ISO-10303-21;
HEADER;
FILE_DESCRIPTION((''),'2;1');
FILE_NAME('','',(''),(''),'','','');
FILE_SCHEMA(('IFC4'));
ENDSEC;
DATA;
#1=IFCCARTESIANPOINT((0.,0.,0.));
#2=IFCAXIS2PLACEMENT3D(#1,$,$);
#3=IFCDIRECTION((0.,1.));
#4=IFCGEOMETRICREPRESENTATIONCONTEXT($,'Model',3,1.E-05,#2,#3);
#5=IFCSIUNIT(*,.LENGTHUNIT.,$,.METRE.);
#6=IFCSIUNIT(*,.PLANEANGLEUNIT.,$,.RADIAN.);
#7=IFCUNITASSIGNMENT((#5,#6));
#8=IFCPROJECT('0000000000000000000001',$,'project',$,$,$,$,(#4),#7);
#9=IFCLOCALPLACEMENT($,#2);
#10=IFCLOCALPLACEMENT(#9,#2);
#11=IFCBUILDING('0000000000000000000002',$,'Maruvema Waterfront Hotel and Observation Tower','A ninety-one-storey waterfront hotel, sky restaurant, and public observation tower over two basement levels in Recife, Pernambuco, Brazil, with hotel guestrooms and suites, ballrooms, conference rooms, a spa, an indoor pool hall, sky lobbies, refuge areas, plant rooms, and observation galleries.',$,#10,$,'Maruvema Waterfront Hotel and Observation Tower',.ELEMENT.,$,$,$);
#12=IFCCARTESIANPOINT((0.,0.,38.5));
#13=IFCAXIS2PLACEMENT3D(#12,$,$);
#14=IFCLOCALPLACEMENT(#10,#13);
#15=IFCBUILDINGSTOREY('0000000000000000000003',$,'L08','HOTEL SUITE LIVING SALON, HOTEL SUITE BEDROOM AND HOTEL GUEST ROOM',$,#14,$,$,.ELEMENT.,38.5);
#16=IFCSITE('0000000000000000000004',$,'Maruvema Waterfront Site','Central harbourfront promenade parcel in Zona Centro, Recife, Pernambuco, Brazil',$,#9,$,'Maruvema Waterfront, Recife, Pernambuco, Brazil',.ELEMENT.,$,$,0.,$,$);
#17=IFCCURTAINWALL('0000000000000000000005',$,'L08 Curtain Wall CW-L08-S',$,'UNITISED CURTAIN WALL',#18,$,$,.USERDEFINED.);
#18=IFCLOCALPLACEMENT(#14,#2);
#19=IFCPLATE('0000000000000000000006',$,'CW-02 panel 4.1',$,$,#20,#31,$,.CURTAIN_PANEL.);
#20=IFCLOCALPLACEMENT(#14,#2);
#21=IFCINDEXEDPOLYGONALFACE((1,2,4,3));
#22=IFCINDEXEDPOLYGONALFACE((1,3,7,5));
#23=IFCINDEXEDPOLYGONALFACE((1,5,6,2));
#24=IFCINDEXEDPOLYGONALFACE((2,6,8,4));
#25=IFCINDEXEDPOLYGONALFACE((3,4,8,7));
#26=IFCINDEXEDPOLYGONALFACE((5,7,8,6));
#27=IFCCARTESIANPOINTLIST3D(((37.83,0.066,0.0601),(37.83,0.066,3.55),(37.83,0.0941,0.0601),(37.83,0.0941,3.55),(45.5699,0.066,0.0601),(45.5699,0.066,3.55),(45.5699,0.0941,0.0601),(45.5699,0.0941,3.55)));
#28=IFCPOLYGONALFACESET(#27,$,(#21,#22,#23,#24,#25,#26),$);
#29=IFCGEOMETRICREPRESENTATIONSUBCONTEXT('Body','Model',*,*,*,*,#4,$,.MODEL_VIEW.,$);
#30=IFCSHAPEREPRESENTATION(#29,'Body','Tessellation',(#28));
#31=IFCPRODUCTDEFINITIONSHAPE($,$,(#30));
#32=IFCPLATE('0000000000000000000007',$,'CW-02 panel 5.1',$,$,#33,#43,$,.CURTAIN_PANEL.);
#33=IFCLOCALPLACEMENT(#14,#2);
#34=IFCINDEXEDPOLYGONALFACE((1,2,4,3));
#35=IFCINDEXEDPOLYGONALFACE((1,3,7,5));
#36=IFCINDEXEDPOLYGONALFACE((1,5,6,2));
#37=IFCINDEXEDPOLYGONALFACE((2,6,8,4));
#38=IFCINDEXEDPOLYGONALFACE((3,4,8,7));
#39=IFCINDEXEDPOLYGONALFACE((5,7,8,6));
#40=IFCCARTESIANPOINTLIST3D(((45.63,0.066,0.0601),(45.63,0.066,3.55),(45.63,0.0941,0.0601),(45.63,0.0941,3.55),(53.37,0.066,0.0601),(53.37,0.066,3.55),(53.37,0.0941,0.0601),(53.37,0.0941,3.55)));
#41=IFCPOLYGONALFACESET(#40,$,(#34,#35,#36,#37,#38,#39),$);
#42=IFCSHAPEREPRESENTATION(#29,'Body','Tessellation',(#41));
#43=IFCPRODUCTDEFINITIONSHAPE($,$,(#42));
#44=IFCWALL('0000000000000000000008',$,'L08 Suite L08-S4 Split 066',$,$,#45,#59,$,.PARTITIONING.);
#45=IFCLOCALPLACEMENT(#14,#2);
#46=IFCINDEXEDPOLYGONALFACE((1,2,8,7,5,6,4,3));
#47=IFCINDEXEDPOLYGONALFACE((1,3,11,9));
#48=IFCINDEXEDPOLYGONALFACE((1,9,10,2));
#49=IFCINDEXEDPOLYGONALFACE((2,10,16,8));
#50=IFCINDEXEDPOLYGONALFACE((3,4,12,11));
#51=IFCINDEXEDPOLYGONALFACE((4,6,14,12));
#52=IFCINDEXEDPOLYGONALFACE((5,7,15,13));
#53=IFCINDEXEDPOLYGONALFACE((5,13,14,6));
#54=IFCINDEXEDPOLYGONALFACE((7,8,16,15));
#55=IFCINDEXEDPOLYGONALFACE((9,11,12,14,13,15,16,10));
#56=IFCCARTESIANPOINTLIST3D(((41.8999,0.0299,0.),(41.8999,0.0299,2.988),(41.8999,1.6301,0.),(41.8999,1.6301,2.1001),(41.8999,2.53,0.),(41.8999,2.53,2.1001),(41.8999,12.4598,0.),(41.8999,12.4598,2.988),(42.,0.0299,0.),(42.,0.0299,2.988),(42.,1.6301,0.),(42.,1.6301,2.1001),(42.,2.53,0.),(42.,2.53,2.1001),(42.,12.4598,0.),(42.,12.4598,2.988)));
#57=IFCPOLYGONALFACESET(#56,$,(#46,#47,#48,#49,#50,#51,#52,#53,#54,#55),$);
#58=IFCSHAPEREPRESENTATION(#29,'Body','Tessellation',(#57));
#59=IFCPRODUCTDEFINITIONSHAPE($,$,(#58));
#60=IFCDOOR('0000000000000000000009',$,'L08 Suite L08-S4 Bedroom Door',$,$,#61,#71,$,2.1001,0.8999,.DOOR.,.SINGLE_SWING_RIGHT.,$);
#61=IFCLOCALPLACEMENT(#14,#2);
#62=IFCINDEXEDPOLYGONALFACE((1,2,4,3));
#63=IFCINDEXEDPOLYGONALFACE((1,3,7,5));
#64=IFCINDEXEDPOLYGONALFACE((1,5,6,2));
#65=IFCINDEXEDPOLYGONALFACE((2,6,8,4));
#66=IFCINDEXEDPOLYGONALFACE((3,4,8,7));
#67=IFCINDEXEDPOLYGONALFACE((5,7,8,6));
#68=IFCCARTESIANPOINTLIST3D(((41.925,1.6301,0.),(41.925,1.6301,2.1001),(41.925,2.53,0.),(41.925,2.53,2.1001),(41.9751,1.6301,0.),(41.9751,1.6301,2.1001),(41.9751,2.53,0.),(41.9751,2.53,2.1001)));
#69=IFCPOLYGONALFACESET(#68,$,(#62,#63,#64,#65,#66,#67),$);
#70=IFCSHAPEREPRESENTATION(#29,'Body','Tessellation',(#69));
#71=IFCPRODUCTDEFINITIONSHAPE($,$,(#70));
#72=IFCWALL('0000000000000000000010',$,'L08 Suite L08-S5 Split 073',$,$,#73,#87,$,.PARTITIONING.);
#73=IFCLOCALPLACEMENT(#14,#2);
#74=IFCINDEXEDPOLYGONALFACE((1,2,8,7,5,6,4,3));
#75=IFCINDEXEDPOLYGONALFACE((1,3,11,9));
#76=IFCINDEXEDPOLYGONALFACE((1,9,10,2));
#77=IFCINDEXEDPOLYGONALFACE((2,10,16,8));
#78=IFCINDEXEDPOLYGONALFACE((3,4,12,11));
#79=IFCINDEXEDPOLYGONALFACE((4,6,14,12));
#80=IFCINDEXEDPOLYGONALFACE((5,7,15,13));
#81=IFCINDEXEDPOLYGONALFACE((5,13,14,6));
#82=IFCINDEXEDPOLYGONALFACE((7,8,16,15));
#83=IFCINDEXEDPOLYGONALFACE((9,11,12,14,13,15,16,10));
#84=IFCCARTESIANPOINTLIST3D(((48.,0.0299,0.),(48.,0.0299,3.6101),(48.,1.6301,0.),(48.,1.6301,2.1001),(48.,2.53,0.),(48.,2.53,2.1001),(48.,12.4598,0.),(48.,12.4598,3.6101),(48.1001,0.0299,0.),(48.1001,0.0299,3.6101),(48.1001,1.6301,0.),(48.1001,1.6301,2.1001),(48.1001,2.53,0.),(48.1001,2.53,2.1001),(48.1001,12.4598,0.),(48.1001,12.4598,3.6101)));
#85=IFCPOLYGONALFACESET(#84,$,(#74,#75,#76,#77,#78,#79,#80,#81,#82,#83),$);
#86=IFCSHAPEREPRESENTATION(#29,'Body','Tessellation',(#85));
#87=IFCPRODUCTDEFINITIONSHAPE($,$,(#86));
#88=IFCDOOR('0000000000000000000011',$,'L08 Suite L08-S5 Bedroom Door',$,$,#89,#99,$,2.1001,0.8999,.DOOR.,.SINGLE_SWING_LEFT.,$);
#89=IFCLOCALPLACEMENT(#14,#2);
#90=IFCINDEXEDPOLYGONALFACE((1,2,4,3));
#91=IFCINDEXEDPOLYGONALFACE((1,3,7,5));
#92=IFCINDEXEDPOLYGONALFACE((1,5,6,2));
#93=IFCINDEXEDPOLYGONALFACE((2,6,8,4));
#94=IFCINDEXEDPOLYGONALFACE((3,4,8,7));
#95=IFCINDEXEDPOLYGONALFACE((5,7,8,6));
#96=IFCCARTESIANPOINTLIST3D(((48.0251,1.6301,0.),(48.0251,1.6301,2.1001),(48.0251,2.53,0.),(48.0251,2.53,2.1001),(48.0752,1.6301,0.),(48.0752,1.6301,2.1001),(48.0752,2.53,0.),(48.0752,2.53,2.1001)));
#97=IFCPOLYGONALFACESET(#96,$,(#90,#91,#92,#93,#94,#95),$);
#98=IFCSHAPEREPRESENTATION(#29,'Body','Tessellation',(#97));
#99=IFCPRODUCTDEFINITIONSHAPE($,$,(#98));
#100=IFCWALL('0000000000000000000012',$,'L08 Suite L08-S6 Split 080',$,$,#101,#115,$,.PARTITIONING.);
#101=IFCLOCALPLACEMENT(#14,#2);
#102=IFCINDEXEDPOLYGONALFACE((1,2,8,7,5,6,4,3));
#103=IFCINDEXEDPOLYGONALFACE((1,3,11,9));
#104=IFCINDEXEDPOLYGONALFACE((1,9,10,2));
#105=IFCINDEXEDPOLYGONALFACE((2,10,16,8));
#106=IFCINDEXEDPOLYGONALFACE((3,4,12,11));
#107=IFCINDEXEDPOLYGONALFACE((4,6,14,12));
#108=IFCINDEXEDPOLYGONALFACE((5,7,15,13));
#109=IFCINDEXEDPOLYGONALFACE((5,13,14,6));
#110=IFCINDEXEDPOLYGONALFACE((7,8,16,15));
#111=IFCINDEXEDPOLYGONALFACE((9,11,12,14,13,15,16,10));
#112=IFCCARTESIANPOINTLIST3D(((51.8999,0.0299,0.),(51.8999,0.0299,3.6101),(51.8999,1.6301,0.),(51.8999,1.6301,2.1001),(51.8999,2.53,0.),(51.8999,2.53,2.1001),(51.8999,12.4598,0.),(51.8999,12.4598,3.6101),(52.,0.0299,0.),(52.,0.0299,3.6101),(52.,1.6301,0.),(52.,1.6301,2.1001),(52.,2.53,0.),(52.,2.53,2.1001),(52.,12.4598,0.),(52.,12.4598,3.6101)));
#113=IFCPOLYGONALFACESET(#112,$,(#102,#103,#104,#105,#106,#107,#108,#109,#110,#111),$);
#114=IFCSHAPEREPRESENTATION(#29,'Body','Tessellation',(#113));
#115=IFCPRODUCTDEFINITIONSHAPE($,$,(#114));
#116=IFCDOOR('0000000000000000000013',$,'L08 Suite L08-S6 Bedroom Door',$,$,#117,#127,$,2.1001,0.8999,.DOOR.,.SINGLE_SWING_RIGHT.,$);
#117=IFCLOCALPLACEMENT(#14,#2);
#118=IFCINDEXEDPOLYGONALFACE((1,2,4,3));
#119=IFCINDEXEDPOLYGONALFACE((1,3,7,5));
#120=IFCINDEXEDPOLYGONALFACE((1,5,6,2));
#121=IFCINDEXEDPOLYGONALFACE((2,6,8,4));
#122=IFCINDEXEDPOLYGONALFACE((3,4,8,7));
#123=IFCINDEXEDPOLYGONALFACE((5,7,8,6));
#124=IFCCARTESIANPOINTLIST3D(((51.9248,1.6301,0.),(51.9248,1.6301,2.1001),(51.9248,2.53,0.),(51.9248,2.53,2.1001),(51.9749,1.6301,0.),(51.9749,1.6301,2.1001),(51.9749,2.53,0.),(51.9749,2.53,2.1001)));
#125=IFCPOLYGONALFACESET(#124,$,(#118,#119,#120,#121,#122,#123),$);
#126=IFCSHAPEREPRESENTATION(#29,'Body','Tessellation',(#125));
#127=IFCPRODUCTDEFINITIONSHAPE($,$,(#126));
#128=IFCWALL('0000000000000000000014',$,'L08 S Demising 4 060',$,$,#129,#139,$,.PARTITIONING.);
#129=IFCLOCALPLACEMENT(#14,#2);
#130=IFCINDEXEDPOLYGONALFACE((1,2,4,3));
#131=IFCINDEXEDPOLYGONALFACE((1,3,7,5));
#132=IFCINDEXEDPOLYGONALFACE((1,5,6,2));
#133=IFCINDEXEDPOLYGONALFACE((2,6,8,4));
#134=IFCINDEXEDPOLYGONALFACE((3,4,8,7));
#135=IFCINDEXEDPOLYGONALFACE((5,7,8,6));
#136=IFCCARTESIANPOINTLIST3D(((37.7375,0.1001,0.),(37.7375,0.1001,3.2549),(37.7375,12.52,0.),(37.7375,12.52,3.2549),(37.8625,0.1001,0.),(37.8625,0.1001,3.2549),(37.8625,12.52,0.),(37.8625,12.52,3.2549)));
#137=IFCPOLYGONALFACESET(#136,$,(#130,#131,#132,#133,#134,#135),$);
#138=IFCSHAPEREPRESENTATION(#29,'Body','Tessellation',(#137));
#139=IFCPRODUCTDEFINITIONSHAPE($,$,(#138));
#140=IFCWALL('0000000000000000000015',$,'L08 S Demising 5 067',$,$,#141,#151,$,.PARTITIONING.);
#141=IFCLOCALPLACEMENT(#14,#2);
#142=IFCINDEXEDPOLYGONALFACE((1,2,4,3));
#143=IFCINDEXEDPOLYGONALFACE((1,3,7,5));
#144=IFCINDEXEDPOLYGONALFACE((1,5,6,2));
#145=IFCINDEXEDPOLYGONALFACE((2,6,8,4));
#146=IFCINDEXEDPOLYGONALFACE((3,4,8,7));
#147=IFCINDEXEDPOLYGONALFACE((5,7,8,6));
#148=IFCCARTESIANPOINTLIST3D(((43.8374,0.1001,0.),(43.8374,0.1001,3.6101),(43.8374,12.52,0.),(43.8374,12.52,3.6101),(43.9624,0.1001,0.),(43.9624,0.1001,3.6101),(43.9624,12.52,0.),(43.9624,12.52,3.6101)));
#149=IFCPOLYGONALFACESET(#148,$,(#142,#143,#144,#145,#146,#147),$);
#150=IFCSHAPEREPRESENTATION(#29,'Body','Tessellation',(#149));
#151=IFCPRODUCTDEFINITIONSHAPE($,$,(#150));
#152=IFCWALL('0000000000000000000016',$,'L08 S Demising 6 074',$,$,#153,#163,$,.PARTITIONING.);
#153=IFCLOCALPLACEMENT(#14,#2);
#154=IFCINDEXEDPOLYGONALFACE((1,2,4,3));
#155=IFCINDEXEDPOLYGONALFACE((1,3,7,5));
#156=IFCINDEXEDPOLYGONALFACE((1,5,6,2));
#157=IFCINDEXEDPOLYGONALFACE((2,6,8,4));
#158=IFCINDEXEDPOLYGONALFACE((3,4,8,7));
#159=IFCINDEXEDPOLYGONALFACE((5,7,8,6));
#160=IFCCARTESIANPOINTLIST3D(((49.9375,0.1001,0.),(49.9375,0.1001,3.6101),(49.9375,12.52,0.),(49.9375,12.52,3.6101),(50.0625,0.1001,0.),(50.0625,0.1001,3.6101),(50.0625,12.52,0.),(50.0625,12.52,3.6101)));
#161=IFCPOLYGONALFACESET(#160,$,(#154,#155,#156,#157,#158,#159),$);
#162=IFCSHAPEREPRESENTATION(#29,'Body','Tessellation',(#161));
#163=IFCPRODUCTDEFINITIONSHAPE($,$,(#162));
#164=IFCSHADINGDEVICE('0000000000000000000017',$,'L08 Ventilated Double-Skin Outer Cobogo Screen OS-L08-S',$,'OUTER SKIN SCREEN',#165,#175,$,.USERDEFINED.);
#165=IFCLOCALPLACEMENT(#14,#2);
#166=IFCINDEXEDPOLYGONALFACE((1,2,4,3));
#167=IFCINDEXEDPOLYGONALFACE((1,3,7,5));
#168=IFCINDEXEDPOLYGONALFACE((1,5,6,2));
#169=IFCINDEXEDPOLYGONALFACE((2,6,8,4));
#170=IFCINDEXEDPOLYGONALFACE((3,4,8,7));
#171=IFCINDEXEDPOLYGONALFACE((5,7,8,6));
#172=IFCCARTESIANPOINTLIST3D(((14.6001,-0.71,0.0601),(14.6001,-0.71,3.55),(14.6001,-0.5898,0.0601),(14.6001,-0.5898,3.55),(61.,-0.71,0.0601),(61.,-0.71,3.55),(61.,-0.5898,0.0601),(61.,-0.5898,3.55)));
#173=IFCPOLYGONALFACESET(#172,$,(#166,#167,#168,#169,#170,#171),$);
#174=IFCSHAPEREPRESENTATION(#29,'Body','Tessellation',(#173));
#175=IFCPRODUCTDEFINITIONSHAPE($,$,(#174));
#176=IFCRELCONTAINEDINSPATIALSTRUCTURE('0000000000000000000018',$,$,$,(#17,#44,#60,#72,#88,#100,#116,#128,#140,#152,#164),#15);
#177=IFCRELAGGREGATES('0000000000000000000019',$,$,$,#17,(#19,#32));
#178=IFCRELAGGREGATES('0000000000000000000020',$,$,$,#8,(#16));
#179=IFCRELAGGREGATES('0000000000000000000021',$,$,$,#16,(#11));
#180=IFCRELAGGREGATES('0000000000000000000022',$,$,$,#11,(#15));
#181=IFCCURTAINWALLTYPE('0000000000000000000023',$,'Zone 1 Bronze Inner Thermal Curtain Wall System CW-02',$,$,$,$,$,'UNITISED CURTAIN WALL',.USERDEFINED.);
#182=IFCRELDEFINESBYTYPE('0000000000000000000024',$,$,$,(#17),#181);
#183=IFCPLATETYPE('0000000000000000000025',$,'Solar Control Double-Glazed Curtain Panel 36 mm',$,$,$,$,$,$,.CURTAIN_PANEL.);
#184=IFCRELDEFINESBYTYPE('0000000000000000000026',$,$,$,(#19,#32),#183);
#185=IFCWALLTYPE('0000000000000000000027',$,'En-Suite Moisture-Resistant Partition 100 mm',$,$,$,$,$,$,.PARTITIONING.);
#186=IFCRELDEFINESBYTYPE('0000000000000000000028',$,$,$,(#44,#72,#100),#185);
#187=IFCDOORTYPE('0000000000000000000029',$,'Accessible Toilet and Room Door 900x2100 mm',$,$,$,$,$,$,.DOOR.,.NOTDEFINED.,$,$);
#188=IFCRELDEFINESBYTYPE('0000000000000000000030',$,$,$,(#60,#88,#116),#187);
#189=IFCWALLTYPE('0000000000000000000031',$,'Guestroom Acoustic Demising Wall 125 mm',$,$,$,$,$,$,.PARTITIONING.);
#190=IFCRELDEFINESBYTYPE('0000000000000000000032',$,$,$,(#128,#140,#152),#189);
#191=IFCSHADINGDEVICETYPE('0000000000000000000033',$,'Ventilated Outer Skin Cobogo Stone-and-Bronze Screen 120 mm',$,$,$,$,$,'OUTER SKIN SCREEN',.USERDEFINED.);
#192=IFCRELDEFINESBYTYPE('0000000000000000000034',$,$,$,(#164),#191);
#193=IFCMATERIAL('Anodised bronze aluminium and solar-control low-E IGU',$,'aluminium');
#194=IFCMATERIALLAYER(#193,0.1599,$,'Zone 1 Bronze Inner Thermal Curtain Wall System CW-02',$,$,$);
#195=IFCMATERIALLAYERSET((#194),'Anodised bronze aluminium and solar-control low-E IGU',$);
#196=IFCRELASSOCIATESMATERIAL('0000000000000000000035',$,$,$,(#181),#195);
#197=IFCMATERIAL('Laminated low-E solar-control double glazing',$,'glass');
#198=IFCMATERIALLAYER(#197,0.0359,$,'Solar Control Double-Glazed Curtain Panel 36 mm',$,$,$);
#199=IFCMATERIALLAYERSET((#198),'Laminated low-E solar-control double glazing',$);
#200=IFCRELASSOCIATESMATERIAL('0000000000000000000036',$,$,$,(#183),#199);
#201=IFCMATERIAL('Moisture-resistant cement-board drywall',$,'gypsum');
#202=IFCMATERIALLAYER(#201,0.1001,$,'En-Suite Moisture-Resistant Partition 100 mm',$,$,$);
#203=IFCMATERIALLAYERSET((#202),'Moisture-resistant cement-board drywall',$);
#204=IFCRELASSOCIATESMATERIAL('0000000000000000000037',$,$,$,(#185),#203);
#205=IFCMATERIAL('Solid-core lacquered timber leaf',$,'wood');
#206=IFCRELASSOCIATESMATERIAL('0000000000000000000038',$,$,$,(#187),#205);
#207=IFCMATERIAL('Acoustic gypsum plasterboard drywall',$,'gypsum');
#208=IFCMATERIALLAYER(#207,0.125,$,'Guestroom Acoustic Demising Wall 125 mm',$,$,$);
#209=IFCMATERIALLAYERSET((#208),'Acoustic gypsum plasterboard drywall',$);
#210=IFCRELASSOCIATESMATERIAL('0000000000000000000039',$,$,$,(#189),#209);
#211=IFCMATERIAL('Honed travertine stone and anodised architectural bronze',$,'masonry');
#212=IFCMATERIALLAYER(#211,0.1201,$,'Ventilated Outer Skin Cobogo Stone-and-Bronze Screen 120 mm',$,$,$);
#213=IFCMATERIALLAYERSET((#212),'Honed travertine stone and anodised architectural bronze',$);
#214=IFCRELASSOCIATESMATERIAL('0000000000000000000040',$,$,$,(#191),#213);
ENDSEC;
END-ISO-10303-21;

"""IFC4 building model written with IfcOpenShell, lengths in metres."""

from ifc_helpers import new_model, si_unit, direction, frame, frame_2d, origin, origin_2d, place, context, subcontext, project, spatial, rectangle, extrude, material, layer, layer_set, type_object, element, fill, aggregate, save


model = new_model("IFC4")

# Units and contexts
model_context = context("Model", 3, precision=1e-05, world=origin(), true_north=direction((0.0, 1.0)))
body_context = subcontext(model_context, "Body", "Model", "MODEL_VIEW")
ifc_project = project(units=[si_unit("LENGTHUNIT", "METRE"), si_unit("PLANEANGLEUNIT", "RADIAN")], contexts=[model_context])

# Site, building, storey
site_placement = place(None, origin())
site = spatial("IfcSite", under=ifc_project, at=site_placement, Name="Maruvema Waterfront Site", Description="Central harbourfront promenade parcel in Zona Centro, Recife, Pernambuco, Brazil", LongName="Maruvema Waterfront, Recife, Pernambuco, Brazil", CompositionType="ELEMENT", RefElevation=0.0)
building_placement = place(site_placement, origin())
building = spatial("IfcBuilding", under=site, at=building_placement, Name="Maruvema Waterfront Hotel and Observation Tower", Description="A ninety-one-storey waterfront hotel, sky restaurant, and public observation tower over two basement levels in Recife, Pernambuco, Brazil, with hotel guestrooms and suites, ballrooms, conference rooms, a spa, an indoor pool hall, sky lobbies, refuge areas, plant rooms, and observation galleries.", LongName="Maruvema Waterfront Hotel and Observation Tower", CompositionType="ELEMENT")
storey_placement = place(building_placement, frame((0.0, 0.0, 38.5)))
storey = spatial("IfcBuildingStorey", under=building, at=storey_placement, Name="L08", Description="HOTEL SUITE LIVING SALON, HOTEL SUITE BEDROOM AND HOTEL GUEST ROOM", CompositionType="ELEMENT", Elevation=38.5)

# Curtain wall
ifc_material_1 = material(Name="Anodised bronze aluminium and solar-control low-E IGU", Category="aluminium")
ifc_layer_1 = layer(ifc_material_1, 0.1599, Name="Zone 1 Bronze Inner Thermal Curtain Wall System CW-02")
ifc_layer_set_1 = layer_set([ifc_layer_1], Name="Anodised bronze aluminium and solar-control low-E IGU")
curtain_wall_type = type_object("IfcCurtainWallType", Name="Zone 1 Bronze Inner Thermal Curtain Wall System CW-02", ElementType="UNITISED CURTAIN WALL", PredefinedType="USERDEFINED", material=ifc_layer_set_1)
curtain_wall_placement = place(storey_placement, origin())
curtain_wall = element("IfcCurtainWall", 1, at=curtain_wall_placement, inside=storey, type_object=curtain_wall_type, Name="L08 Curtain Wall CW-L08-S", ObjectType="UNITISED CURTAIN WALL", PredefinedType="USERDEFINED")

# Plates
ifc_material_2 = material(Name="Laminated low-E solar-control double glazing", Category="glass")
ifc_layer_2 = layer(ifc_material_2, 0.0359, Name="Solar Control Double-Glazed Curtain Panel 36 mm")
ifc_layer_set_2 = layer_set([ifc_layer_2], Name="Laminated low-E solar-control double glazing")
plate_type = type_object("IfcPlateType", Name="Solar Control Double-Glazed Curtain Panel 36 mm", PredefinedType="CURTAIN_PANEL", material=ifc_layer_set_2)
plate_1_placement = place(storey_placement, frame((41.7, 0.0801, 0.0601), z_axis=(0.0, 0.0, 1.0), x_axis=(1.0, 0.0, 0.0)))
plate_1 = element("IfcPlate", 2, at=plate_1_placement, type_object=plate_type, Name="CW-02 panel 4.1", PredefinedType="CURTAIN_PANEL", context=body_context, shape_type="SweptSolid", body=[
    extrude(rectangle(XDim=7.74, YDim=0.0281, at=origin_2d()), origin(), (0.0, 0.0, 1.0), 3.49),
])
plate_2_placement = place(storey_placement, frame((49.5, 0.0801, 0.0601), z_axis=(0.0, 0.0, 1.0), x_axis=(1.0, 0.0, 0.0)))
plate_2 = element("IfcPlate", 3, at=plate_2_placement, type_object=plate_type, Name="CW-02 panel 5.1", PredefinedType="CURTAIN_PANEL", context=body_context, shape_type="SweptSolid", body=[
    extrude(rectangle(XDim=7.74, YDim=0.0281, at=origin_2d()), origin(), (0.0, 0.0, 1.0), 3.49),
])
aggregate(curtain_wall, [plate_1, plate_2])

# Walls, openings, doors
ifc_material_3 = material(Name="Moisture-resistant cement-board drywall", Category="gypsum")
ifc_layer_3 = layer(ifc_material_3, 0.1001, Name="En-Suite Moisture-Resistant Partition 100 mm")
ifc_layer_set_3 = layer_set([ifc_layer_3], Name="Moisture-resistant cement-board drywall")
wall_type_1 = type_object("IfcWallType", Name="En-Suite Moisture-Resistant Partition 100 mm", PredefinedType="PARTITIONING", material=ifc_layer_set_3)
wall_1_placement = place(storey_placement, frame((41.95, 0.03, 0.0), z_axis=(0.0, 0.0, 1.0), x_axis=(0.0, 1.0, 0.0)))
wall_1 = element("IfcWall", 4, at=wall_1_placement, inside=storey, type_object=wall_type_1, Name="L08 Suite L08-S4 Split 066", PredefinedType="PARTITIONING", context=body_context, shape_type="SweptSolid", body=[
    extrude(rectangle(XDim=12.4299, YDim=0.1001, at=frame_2d((6.2148, 0.0))), origin(), (0.0, 0.0, 1.0), 2.988),
])
opening_1_placement = place(wall_1_placement, frame((1.6001, 0.0, 0.0)))
opening_1 = element("IfcOpeningElement", 5, at=opening_1_placement, cuts=wall_1, PredefinedType="OPENING", context=body_context, shape_type="SweptSolid", body=[
    extrude(rectangle(XDim=0.8999, YDim=2.1001, at=frame_2d((0.45, 1.05))), frame((0.0, 0.0601, 0.0), z_axis=(0.0, -1.0, 0.0), x_axis=(1.0, 0.0, 0.0)), (0.0, 0.0, 1.0), 0.1201),
])
ifc_material_4 = material(Name="Solid-core lacquered timber leaf", Category="wood")
door_type = type_object("IfcDoorType", Name="Accessible Toilet and Room Door 900x2100 mm", OperationType="NOTDEFINED", PredefinedType="DOOR", material=ifc_material_4)
door_1_placement = place(opening_1_placement, origin())
door_1 = element("IfcDoor", 6, at=door_1_placement, inside=storey, type_object=door_type, Name="L08 Suite L08-S4 Bedroom Door", OperationType="SINGLE_SWING_RIGHT", OverallHeight=2.1001, OverallWidth=0.8999, PredefinedType="DOOR", context=body_context, shape_type="SweptSolid", body=[
    extrude(rectangle(XDim=0.8999, YDim=2.1001, at=frame_2d((0.45, 1.05))), frame((0.0, 0.0249, 0.0), z_axis=(0.0, -1.0, 0.0), x_axis=(1.0, 0.0, 0.0)), (0.0, 0.0, 1.0), 0.05),
])
fill(opening_1, door_1)
wall_2_placement = place(storey_placement, frame((48.05, 0.03, 0.0), z_axis=(0.0, 0.0, 1.0), x_axis=(0.0, 1.0, 0.0)))
wall_2 = element("IfcWall", 7, at=wall_2_placement, inside=storey, type_object=wall_type_1, Name="L08 Suite L08-S5 Split 073", PredefinedType="PARTITIONING", context=body_context, shape_type="SweptSolid", body=[
    extrude(rectangle(XDim=12.4299, YDim=0.1001, at=frame_2d((6.2148, 0.0))), origin(), (0.0, 0.0, 1.0), 3.6101),
])
opening_2_placement = place(wall_2_placement, frame((1.6001, 0.0, 0.0)))
opening_2 = element("IfcOpeningElement", 8, at=opening_2_placement, cuts=wall_2, PredefinedType="OPENING", context=body_context, shape_type="SweptSolid", body=[
    extrude(rectangle(XDim=0.8999, YDim=2.1001, at=frame_2d((0.45, 1.05))), frame((0.0, 0.0601, 0.0), z_axis=(0.0, -1.0, 0.0), x_axis=(1.0, 0.0, 0.0)), (0.0, 0.0, 1.0), 0.1201),
])
door_2_placement = place(opening_2_placement, origin())
door_2 = element("IfcDoor", 9, at=door_2_placement, inside=storey, type_object=door_type, Name="L08 Suite L08-S5 Bedroom Door", OperationType="SINGLE_SWING_LEFT", OverallHeight=2.1001, OverallWidth=0.8999, PredefinedType="DOOR", context=body_context, shape_type="SweptSolid", body=[
    extrude(rectangle(XDim=0.8999, YDim=2.1001, at=frame_2d((0.45, 1.05))), frame((0.0, 0.0249, 0.0), z_axis=(0.0, -1.0, 0.0), x_axis=(1.0, 0.0, 0.0)), (0.0, 0.0, 1.0), 0.05),
])
fill(opening_2, door_2)
wall_3_placement = place(storey_placement, frame((51.95, 0.03, 0.0), z_axis=(0.0, 0.0, 1.0), x_axis=(0.0, 1.0, 0.0)))
wall_3 = element("IfcWall", 10, at=wall_3_placement, inside=storey, type_object=wall_type_1, Name="L08 Suite L08-S6 Split 080", PredefinedType="PARTITIONING", context=body_context, shape_type="SweptSolid", body=[
    extrude(rectangle(XDim=12.4299, YDim=0.1001, at=frame_2d((6.2148, 0.0))), origin(), (0.0, 0.0, 1.0), 3.6101),
])
opening_3_placement = place(wall_3_placement, frame((1.6001, 0.0, 0.0)))
opening_3 = element("IfcOpeningElement", 11, at=opening_3_placement, cuts=wall_3, PredefinedType="OPENING", context=body_context, shape_type="SweptSolid", body=[
    extrude(rectangle(XDim=0.8999, YDim=2.1001, at=frame_2d((0.45, 1.05))), frame((0.0, 0.0601, 0.0), z_axis=(0.0, -1.0, 0.0), x_axis=(1.0, 0.0, 0.0)), (0.0, 0.0, 1.0), 0.1201),
])
door_3_placement = place(opening_3_placement, frame((0.8999, 0.0, 0.0), z_axis=(0.0, 0.0, 1.0), x_axis=(-1.0, 0.0, 0.0)))
door_3 = element("IfcDoor", 12, at=door_3_placement, inside=storey, type_object=door_type, Name="L08 Suite L08-S6 Bedroom Door", OperationType="SINGLE_SWING_RIGHT", OverallHeight=2.1001, OverallWidth=0.8999, PredefinedType="DOOR", context=body_context, shape_type="SweptSolid", body=[
    extrude(rectangle(XDim=0.8999, YDim=2.1001, at=frame_2d((0.45, 1.05))), frame((0.0, 0.0249, 0.0), z_axis=(0.0, -1.0, 0.0), x_axis=(1.0, 0.0, 0.0)), (0.0, 0.0, 1.0), 0.05),
])
fill(opening_3, door_3)

# Walls
ifc_material_5 = material(Name="Acoustic gypsum plasterboard drywall", Category="gypsum")
ifc_layer_4 = layer(ifc_material_5, 0.125, Name="Guestroom Acoustic Demising Wall 125 mm")
ifc_layer_set_4 = layer_set([ifc_layer_4], Name="Acoustic gypsum plasterboard drywall")
wall_type_2 = type_object("IfcWallType", Name="Guestroom Acoustic Demising Wall 125 mm", PredefinedType="PARTITIONING", material=ifc_layer_set_4)
wall_4_placement = place(storey_placement, frame((37.8, 0.1001, 0.0), z_axis=(0.0, 0.0, 1.0), x_axis=(0.0, 1.0, 0.0)))
element("IfcWall", 13, at=wall_4_placement, inside=storey, type_object=wall_type_2, Name="L08 S Demising 4 060", PredefinedType="PARTITIONING", context=body_context, shape_type="SweptSolid", body=[
    extrude(rectangle(XDim=12.4199, YDim=0.125, at=frame_2d((6.21, 0.0))), origin(), (0.0, 0.0, 1.0), 3.2549),
])
for number, where, z_axis, x_axis, name in (
    (14, (43.8999, 0.1001, 0.0), (0.0, 0.0, 1.0), (0.0, 1.0, 0.0), "L08 S Demising 5 067"),
    (15, (50.0, 0.1001, 0.0), (0.0, 0.0, 1.0), (0.0, 1.0, 0.0), "L08 S Demising 6 074"),
):
    element("IfcWall", number, at=place(storey_placement, frame(where, z_axis=z_axis, x_axis=x_axis)), inside=storey, type_object=wall_type_2, Name=name, PredefinedType="PARTITIONING", context=body_context, shape_type="SweptSolid", body=[
        extrude(rectangle(XDim=12.4199, YDim=0.125, at=frame_2d((6.21, 0.0))), origin(), (0.0, 0.0, 1.0), 3.6101),
    ])

# Shading device
ifc_material_6 = material(Name="Honed travertine stone and anodised architectural bronze", Category="masonry")
ifc_layer_5 = layer(ifc_material_6, 0.1201, Name="Ventilated Outer Skin Cobogo Stone-and-Bronze Screen 120 mm")
ifc_layer_set_5 = layer_set([ifc_layer_5], Name="Honed travertine stone and anodised architectural bronze")
shading_device_type = type_object("IfcShadingDeviceType", Name="Ventilated Outer Skin Cobogo Stone-and-Bronze Screen 120 mm", ElementType="OUTER SKIN SCREEN", PredefinedType="USERDEFINED", material=ifc_layer_set_5)
shading_device_placement = place(storey_placement, frame((37.8, -0.6499, 0.0601), z_axis=(0.0, 0.0, 1.0), x_axis=(1.0, 0.0, 0.0)))
element("IfcShadingDevice", 16, at=shading_device_placement, inside=storey, type_object=shading_device_type, Name="L08 Ventilated Double-Skin Outer Cobogo Screen OS-L08-S", ObjectType="OUTER SKIN SCREEN", PredefinedType="USERDEFINED", context=body_context, shape_type="SweptSolid", body=[
    extrude(rectangle(XDim=46.3999, YDim=0.1201, at=origin_2d()), origin(), (0.0, 0.0, 1.0), 3.49),
])

save(model, "model.ifc")
